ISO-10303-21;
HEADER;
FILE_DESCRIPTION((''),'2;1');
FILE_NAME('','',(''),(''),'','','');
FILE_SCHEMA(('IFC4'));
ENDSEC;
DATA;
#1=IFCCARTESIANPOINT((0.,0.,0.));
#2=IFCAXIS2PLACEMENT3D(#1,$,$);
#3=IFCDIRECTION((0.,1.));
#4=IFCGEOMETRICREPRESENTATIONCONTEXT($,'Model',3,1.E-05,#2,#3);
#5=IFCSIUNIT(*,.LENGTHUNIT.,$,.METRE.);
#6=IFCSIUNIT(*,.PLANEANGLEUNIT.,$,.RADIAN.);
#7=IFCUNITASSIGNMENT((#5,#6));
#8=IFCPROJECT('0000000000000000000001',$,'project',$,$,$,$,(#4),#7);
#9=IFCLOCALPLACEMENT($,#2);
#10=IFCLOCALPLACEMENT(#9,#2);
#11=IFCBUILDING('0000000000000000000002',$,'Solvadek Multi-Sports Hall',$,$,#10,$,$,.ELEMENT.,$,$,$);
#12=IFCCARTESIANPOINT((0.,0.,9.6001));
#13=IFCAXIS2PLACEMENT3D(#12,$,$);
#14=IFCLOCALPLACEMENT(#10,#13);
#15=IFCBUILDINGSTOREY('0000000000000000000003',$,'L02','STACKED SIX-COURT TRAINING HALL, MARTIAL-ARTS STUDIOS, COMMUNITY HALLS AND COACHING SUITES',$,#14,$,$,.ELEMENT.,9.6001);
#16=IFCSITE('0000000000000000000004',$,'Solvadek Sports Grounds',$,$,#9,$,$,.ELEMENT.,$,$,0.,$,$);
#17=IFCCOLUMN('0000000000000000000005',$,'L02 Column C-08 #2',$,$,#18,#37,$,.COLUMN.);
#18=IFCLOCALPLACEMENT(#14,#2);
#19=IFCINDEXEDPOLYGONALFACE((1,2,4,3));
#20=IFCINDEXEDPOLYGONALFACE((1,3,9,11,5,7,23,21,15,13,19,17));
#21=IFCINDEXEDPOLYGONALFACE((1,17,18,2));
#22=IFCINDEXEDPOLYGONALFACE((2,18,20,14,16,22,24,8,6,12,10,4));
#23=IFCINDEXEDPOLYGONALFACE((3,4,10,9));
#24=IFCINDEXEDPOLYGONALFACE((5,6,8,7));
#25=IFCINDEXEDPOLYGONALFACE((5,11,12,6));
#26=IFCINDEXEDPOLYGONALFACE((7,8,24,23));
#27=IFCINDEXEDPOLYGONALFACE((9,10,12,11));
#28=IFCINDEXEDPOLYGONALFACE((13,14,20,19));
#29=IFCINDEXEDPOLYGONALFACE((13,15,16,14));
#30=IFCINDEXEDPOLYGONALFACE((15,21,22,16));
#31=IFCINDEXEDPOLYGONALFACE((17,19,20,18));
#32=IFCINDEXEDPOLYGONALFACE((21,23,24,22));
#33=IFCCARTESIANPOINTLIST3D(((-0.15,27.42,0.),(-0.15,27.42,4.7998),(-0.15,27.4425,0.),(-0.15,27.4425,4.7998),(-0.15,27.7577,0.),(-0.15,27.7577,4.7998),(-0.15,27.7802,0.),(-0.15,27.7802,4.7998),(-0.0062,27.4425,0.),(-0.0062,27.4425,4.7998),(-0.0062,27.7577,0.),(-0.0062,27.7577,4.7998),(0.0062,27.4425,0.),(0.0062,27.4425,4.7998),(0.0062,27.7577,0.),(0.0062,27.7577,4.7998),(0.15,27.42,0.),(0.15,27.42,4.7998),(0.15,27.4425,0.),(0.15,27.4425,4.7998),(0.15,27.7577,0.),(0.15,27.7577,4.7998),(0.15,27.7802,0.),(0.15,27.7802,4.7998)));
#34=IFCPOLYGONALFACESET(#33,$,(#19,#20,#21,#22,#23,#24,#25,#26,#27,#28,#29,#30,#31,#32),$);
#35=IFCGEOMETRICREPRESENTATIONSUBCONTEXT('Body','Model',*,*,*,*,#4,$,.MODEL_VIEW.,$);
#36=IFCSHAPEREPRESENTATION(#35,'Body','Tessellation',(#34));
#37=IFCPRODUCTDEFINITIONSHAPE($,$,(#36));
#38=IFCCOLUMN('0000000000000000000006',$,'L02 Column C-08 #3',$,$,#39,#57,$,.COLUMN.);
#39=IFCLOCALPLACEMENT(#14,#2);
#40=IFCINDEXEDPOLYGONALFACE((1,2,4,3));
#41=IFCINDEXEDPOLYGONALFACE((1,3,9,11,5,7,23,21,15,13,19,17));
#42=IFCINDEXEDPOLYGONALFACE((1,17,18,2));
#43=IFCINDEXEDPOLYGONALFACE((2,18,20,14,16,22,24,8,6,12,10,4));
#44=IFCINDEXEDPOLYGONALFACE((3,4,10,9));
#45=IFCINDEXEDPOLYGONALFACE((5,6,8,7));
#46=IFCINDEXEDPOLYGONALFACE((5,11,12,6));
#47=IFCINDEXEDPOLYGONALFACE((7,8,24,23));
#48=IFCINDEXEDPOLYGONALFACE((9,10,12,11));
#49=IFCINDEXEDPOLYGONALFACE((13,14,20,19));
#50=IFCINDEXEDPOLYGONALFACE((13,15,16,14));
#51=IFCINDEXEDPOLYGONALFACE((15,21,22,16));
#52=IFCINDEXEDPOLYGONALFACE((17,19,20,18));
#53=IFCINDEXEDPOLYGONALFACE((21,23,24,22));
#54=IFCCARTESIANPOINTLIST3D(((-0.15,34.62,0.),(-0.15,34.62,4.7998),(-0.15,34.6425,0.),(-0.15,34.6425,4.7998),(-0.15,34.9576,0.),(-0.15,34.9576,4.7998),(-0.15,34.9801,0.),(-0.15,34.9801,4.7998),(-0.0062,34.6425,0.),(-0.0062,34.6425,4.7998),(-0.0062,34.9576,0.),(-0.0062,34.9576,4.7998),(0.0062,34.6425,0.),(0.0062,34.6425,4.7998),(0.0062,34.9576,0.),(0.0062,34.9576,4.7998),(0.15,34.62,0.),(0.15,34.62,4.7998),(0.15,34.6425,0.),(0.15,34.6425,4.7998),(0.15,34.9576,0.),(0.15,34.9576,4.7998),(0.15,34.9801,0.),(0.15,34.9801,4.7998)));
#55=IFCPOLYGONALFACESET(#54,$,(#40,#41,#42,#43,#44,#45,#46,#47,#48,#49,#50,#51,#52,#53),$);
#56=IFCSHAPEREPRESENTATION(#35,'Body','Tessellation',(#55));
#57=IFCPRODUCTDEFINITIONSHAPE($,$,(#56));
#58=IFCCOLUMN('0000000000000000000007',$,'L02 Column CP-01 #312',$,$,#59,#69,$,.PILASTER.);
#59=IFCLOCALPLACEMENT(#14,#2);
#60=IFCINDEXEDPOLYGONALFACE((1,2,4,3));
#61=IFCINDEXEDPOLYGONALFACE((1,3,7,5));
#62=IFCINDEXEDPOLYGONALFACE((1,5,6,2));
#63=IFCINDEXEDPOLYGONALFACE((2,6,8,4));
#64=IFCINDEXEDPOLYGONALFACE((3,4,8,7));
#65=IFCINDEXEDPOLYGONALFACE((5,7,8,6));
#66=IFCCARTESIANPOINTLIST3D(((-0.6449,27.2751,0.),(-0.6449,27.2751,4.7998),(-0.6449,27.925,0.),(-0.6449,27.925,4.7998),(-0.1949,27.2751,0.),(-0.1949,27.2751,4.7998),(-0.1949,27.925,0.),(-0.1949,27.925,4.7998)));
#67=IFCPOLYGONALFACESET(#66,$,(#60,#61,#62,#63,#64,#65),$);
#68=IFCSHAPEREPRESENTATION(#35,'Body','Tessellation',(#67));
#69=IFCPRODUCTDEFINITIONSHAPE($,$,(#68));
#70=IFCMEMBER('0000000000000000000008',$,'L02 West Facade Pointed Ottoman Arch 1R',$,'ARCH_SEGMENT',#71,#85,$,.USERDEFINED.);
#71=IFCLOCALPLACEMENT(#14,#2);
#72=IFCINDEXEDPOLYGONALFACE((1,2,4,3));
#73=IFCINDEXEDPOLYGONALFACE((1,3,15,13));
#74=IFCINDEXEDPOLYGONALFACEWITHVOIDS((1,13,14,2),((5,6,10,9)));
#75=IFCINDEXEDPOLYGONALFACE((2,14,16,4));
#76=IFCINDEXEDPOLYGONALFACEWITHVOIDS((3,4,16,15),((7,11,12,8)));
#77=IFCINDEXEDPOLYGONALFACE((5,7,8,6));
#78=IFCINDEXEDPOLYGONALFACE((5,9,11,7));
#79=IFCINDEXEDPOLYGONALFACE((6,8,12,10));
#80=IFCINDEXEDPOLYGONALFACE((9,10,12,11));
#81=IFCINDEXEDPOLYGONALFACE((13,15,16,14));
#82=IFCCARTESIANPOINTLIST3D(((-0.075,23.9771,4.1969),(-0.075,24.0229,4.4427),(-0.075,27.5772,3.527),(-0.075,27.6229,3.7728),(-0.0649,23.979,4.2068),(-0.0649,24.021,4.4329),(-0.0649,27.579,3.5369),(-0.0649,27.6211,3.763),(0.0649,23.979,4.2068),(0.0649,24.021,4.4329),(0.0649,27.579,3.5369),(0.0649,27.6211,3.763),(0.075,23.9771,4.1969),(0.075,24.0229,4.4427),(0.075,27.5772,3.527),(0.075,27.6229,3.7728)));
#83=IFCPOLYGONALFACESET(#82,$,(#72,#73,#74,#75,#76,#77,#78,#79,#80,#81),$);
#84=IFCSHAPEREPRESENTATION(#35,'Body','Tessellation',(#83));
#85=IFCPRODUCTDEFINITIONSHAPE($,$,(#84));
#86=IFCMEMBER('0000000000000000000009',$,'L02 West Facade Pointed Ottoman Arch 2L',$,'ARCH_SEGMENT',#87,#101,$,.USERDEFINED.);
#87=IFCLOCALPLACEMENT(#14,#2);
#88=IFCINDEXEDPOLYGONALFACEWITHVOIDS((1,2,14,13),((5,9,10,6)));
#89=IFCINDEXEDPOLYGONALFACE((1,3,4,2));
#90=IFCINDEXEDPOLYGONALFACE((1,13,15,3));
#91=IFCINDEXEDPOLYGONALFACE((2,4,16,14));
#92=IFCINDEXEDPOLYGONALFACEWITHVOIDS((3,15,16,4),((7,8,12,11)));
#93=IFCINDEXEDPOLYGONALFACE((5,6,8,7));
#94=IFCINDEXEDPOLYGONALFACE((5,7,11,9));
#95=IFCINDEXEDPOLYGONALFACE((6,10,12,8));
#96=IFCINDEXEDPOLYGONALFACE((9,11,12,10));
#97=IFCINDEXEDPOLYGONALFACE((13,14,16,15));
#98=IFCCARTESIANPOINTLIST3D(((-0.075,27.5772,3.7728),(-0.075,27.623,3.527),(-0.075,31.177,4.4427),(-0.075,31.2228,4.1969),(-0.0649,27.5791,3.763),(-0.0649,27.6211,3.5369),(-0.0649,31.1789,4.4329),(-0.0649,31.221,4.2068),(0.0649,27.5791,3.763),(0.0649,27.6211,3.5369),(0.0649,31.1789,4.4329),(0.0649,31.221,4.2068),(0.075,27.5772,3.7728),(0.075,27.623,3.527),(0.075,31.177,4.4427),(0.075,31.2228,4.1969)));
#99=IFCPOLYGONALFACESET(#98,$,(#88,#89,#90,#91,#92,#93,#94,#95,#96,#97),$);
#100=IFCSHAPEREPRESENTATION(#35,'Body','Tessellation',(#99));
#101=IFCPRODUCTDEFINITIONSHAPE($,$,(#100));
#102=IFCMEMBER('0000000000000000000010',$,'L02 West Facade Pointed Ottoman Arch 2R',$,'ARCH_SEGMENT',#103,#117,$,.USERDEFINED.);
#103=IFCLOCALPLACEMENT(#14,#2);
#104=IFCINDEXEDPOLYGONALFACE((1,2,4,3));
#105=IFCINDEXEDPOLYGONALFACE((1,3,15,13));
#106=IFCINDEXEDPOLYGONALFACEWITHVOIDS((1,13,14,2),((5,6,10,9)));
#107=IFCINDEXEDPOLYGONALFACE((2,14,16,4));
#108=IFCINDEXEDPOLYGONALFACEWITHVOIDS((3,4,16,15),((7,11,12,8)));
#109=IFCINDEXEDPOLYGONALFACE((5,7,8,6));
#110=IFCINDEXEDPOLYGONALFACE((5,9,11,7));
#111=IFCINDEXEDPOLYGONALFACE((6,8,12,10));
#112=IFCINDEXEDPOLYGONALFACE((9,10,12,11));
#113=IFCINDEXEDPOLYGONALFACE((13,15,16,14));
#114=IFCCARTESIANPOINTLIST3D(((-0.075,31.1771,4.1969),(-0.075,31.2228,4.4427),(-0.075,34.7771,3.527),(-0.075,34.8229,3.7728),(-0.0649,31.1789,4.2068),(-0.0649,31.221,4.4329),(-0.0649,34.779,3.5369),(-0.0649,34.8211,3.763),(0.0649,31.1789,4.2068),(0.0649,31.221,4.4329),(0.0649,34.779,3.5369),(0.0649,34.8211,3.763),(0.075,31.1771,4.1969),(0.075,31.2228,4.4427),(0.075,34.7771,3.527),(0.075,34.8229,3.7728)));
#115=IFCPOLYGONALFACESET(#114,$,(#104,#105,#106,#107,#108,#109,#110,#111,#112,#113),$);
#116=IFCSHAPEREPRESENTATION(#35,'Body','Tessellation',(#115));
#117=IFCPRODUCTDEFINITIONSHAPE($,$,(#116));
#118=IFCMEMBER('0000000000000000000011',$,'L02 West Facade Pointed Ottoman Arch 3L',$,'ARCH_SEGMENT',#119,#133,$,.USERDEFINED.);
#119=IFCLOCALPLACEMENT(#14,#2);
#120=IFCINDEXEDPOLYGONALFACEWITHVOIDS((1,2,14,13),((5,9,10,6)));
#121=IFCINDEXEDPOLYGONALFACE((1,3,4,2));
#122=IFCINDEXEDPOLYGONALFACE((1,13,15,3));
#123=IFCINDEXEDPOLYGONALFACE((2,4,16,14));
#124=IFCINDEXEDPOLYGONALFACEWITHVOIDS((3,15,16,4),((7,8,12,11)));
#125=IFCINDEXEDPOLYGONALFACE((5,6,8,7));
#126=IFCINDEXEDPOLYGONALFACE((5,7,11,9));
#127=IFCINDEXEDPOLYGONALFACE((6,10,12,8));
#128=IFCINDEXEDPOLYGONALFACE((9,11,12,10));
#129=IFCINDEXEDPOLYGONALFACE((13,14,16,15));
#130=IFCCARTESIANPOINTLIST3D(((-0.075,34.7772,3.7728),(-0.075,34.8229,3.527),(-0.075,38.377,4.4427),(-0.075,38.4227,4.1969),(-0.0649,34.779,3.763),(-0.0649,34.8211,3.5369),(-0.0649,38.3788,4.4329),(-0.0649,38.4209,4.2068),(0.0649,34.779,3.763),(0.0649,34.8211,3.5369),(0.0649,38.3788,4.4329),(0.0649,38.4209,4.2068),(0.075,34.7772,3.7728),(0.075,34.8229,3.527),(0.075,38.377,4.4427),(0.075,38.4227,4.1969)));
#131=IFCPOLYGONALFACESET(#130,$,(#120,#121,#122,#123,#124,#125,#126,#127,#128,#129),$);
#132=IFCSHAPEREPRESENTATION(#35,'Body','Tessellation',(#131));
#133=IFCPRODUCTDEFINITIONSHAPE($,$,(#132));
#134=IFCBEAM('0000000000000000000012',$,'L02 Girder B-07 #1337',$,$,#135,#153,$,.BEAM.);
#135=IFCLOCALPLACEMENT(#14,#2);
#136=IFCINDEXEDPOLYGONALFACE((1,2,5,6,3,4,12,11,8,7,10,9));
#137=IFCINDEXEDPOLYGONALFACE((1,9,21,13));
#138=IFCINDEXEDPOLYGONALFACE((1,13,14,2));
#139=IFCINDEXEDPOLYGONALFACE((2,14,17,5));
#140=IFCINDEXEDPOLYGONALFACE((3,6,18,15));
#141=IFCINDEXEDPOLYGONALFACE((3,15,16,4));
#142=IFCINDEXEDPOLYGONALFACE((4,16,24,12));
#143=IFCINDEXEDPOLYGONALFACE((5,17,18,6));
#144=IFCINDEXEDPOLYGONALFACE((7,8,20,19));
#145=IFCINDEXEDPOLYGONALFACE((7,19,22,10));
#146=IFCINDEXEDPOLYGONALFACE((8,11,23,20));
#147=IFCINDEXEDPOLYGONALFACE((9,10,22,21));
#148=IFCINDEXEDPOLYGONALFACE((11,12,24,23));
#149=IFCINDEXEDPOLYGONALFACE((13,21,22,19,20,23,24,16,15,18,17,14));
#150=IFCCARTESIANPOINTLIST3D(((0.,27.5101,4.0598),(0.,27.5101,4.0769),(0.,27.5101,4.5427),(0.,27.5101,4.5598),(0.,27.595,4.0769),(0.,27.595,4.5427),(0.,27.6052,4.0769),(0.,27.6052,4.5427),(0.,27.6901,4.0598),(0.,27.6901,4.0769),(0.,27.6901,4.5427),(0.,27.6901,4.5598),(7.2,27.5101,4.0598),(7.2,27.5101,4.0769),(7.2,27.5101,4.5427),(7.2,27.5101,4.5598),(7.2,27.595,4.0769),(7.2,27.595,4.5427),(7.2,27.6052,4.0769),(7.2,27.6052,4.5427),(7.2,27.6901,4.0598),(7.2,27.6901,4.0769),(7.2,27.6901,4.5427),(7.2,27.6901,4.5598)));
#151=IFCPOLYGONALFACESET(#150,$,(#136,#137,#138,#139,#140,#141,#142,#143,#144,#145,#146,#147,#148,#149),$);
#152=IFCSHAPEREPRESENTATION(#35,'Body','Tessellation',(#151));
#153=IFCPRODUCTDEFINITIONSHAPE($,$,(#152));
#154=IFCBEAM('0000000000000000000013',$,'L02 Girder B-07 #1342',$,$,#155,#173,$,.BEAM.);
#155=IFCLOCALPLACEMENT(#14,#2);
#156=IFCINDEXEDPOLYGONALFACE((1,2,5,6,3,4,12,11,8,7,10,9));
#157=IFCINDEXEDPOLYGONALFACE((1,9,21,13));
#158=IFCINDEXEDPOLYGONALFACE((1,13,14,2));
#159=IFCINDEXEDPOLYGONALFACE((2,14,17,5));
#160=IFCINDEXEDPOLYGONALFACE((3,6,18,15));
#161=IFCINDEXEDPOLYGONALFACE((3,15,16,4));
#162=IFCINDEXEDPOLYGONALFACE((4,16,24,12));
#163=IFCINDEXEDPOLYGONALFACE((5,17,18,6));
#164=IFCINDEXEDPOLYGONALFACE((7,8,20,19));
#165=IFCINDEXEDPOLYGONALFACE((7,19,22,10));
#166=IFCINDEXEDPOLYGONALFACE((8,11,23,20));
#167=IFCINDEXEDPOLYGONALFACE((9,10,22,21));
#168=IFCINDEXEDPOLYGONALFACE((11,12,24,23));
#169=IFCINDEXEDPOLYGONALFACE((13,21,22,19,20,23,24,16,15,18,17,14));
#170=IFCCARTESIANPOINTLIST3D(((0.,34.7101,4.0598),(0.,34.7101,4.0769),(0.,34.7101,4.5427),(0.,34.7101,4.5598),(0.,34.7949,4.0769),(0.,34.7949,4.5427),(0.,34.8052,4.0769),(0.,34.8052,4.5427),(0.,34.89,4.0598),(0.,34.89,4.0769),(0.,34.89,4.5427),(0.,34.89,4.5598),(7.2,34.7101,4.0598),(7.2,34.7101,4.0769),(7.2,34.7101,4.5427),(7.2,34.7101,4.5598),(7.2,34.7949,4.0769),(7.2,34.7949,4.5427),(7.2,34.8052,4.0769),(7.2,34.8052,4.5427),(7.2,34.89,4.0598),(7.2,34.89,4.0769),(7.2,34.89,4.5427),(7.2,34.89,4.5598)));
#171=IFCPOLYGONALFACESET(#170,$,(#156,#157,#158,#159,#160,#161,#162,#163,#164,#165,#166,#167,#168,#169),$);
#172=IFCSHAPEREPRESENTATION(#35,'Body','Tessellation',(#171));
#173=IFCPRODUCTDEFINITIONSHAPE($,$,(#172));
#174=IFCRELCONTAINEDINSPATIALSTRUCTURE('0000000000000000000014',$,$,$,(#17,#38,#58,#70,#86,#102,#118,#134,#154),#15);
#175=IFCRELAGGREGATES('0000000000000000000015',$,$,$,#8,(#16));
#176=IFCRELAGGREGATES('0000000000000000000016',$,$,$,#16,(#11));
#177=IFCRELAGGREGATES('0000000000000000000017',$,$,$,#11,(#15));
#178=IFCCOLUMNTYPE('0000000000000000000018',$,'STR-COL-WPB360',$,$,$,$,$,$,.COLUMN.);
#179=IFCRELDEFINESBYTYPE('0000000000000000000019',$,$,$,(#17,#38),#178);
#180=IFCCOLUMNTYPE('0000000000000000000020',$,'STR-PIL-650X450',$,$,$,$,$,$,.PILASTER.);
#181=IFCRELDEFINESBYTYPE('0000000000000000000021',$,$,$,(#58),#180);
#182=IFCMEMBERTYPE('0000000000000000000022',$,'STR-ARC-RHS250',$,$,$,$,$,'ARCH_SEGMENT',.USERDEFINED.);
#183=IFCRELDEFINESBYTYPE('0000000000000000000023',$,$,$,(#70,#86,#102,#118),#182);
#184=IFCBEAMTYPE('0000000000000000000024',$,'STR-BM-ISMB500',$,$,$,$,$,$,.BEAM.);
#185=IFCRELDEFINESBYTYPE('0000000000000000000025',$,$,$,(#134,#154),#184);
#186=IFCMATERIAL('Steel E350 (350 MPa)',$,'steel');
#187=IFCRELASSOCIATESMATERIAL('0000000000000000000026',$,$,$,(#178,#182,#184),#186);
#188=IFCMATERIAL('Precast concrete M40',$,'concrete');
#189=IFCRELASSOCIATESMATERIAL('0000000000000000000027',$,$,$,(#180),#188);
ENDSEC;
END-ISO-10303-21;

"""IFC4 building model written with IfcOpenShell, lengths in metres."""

from ifc_helpers import new_model, si_unit, direction, frame, origin, origin_2d, place, context, subcontext, project, spatial, rectangle, hollow_rectangle, i_section, extrude, material, material_profile, profile_set, type_object, element, save


model = new_model("IFC4")

# Units and contexts
model_context = context("Model", 3, precision=1e-05, world=origin(), true_north=direction((0.0, 1.0)))
body_context = subcontext(model_context, "Body", "Model", "MODEL_VIEW")
ifc_project = project(units=[si_unit("LENGTHUNIT", "METRE"), si_unit("PLANEANGLEUNIT", "RADIAN")], contexts=[model_context])

# Site, building, storey
site_placement = place(None, origin())
site = spatial("IfcSite", under=ifc_project, at=site_placement, Name="Solvadek Sports Grounds", CompositionType="ELEMENT", RefElevation=0.0)
building_placement = place(site_placement, origin())
building = spatial("IfcBuilding", under=site, at=building_placement, Name="Solvadek Multi-Sports Hall", CompositionType="ELEMENT")
storey_placement = place(building_placement, frame((0.0, 0.0, 9.6001)))
storey = spatial("IfcBuildingStorey", under=building, at=storey_placement, Name="L02", Description="STACKED SIX-COURT TRAINING HALL, MARTIAL-ARTS STUDIOS, COMMUNITY HALLS AND COACHING SUITES", CompositionType="ELEMENT", Elevation=9.6001)

# Columns
ifc_material_1 = material(Name="Steel E350 (350 MPa)", Category="steel")
ifc_material_profile_1 = material_profile(ifc_material_1, i_section(OverallWidth=0.3, OverallDepth=0.3601, WebThickness=0.0125, FlangeThickness=0.0225, at=origin_2d()), Name="WPB 360")
ifc_profile_set_1 = profile_set([ifc_material_profile_1], Name="Steel E350 (350 MPa)")
column_type_1 = type_object("IfcColumnType", Name="STR-COL-WPB360", PredefinedType="COLUMN", material=ifc_profile_set_1)
for number, where, z_axis, x_axis, name in (
    (1, (0.0, 27.6001, 0.0), (0.0, 0.0, 1.0), (1.0, 0.0, 0.0), "L02 Column C-08 #2"),
    (2, (0.0, 34.8, 0.0), (0.0, 0.0, 1.0), (1.0, 0.0, 0.0), "L02 Column C-08 #3"),
):
    element("IfcColumn", number, at=place(storey_placement, frame(where, z_axis=z_axis, x_axis=x_axis)), inside=storey, type_object=column_type_1, Name=name, PredefinedType="COLUMN", context=body_context, shape_type="SweptSolid", body=[
        extrude(i_section(OverallWidth=0.3, OverallDepth=0.3601, WebThickness=0.0125, FlangeThickness=0.0225, at=origin_2d()), origin(), (0.0, 0.0, 1.0), 4.7998),
    ])
ifc_material_2 = material(Name="Precast concrete M40", Category="concrete")
ifc_material_profile_2 = material_profile(ifc_material_2, rectangle(XDim=0.45, YDim=0.6499, at=origin_2d()), Name="RC PILASTER 650x450")
ifc_profile_set_2 = profile_set([ifc_material_profile_2], Name="Precast concrete M40")
column_type_2 = type_object("IfcColumnType", Name="STR-PIL-650X450", PredefinedType="PILASTER", material=ifc_profile_set_2)
column_placement = place(storey_placement, frame((-0.4199, 27.6001, 0.0), z_axis=(0.0, 0.0, 1.0), x_axis=(1.0, 0.0, 0.0)))
element("IfcColumn", 3, at=column_placement, inside=storey, type_object=column_type_2, Name="L02 Column CP-01 #312", PredefinedType="PILASTER", context=body_context, shape_type="SweptSolid", body=[
    extrude(rectangle(XDim=0.45, YDim=0.6499, at=origin_2d()), origin(), (0.0, 0.0, 1.0), 4.7998),
])

# Members
ifc_material_profile_3 = material_profile(ifc_material_1, hollow_rectangle(XDim=0.1499, YDim=0.25, WallThickness=0.01, at=origin_2d()), Name="RHS 250x150x10")
ifc_profile_set_3 = profile_set([ifc_material_profile_3], Name="Steel E350 (350 MPa)")
member_type = type_object("IfcMemberType", Name="STR-ARC-RHS250", ElementType="ARCH_SEGMENT", PredefinedType="USERDEFINED", material=ifc_profile_set_3)
member_1_placement = place(storey_placement, frame((0.0, 24.0, 4.3198), z_axis=(0.0, 0.983123, -0.182944), x_axis=(-1.0, 0.0, 0.0)))
element("IfcMember", 4, at=member_1_placement, inside=storey, type_object=member_type, Name="L02 West Facade Pointed Ottoman Arch 1R", ObjectType="ARCH_SEGMENT", PredefinedType="USERDEFINED", context=body_context, shape_type="SweptSolid", body=[
    extrude(hollow_rectangle(XDim=0.1499, YDim=0.25, WallThickness=0.01, at=origin_2d()), origin(), (0.0, 0.0, 1.0), 3.6619),
])
member_2_placement = place(storey_placement, frame((0.0, 27.6001, 3.6499), z_axis=(0.0, 0.983121, 0.182956), x_axis=(-1.0, 0.0, 0.0)))
element("IfcMember", 5, at=member_2_placement, inside=storey, type_object=member_type, Name="L02 West Facade Pointed Ottoman Arch 2L", ObjectType="ARCH_SEGMENT", PredefinedType="USERDEFINED", context=body_context, shape_type="SweptSolid", body=[
    extrude(hollow_rectangle(XDim=0.1499, YDim=0.25, WallThickness=0.01, at=origin_2d()), origin(), (0.0, 0.0, 1.0), 3.6616),
])
member_3_placement = place(storey_placement, frame((0.0, 31.2, 4.3198), z_axis=(0.0, 0.983123, -0.182944), x_axis=(-1.0, 0.0, 0.0)))
element("IfcMember", 6, at=member_3_placement, inside=storey, type_object=member_type, Name="L02 West Facade Pointed Ottoman Arch 2R", ObjectType="ARCH_SEGMENT", PredefinedType="USERDEFINED", context=body_context, shape_type="SweptSolid", body=[
    extrude(hollow_rectangle(XDim=0.1499, YDim=0.25, WallThickness=0.01, at=origin_2d()), origin(), (0.0, 0.0, 1.0), 3.6619),
])
member_4_placement = place(storey_placement, frame((0.0, 34.8, 3.6499), z_axis=(0.0, 0.983121, 0.182956), x_axis=(-1.0, 0.0, 0.0)))
element("IfcMember", 7, at=member_4_placement, inside=storey, type_object=member_type, Name="L02 West Facade Pointed Ottoman Arch 3L", ObjectType="ARCH_SEGMENT", PredefinedType="USERDEFINED", context=body_context, shape_type="SweptSolid", body=[
    extrude(hollow_rectangle(XDim=0.1499, YDim=0.25, WallThickness=0.01, at=origin_2d()), origin(), (0.0, 0.0, 1.0), 3.6616),
])

# Beams
ifc_material_profile_4 = material_profile(ifc_material_1, i_section(OverallWidth=0.1799, OverallDepth=0.5, WebThickness=0.0103, FlangeThickness=0.0171, at=origin_2d()), Name="ISMB 500")
ifc_profile_set_4 = profile_set([ifc_material_profile_4], Name="Steel E350 (350 MPa)")
beam_type_1 = type_object("IfcBeamType", Name="STR-BM-ISMB500", PredefinedType="BEAM", material=ifc_profile_set_4)
for number, where, z_axis, x_axis, name in (
    (8, (0.0, 27.6001, 4.3098), (1.0, 0.0, 0.0), (0.0, 1.0, 0.0), "L02 Girder B-07 #1337"),
    (9, (0.0, 34.8, 4.3098), (1.0, 0.0, 0.0), (0.0, 1.0, 0.0), "L02 Girder B-07 #1342"),
):
    element("IfcBeam", number, at=place(storey_placement, frame(where, z_axis=z_axis, x_axis=x_axis)), inside=storey, type_object=beam_type_1, Name=name, PredefinedType="BEAM", context=body_context, shape_type="SweptSolid", body=[
        extrude(i_section(OverallWidth=0.1799, OverallDepth=0.5, WebThickness=0.0103, FlangeThickness=0.0171, at=origin_2d()), origin(), (0.0, 0.0, 1.0), 7.2),
    ])

save(model, "model.ifc")
